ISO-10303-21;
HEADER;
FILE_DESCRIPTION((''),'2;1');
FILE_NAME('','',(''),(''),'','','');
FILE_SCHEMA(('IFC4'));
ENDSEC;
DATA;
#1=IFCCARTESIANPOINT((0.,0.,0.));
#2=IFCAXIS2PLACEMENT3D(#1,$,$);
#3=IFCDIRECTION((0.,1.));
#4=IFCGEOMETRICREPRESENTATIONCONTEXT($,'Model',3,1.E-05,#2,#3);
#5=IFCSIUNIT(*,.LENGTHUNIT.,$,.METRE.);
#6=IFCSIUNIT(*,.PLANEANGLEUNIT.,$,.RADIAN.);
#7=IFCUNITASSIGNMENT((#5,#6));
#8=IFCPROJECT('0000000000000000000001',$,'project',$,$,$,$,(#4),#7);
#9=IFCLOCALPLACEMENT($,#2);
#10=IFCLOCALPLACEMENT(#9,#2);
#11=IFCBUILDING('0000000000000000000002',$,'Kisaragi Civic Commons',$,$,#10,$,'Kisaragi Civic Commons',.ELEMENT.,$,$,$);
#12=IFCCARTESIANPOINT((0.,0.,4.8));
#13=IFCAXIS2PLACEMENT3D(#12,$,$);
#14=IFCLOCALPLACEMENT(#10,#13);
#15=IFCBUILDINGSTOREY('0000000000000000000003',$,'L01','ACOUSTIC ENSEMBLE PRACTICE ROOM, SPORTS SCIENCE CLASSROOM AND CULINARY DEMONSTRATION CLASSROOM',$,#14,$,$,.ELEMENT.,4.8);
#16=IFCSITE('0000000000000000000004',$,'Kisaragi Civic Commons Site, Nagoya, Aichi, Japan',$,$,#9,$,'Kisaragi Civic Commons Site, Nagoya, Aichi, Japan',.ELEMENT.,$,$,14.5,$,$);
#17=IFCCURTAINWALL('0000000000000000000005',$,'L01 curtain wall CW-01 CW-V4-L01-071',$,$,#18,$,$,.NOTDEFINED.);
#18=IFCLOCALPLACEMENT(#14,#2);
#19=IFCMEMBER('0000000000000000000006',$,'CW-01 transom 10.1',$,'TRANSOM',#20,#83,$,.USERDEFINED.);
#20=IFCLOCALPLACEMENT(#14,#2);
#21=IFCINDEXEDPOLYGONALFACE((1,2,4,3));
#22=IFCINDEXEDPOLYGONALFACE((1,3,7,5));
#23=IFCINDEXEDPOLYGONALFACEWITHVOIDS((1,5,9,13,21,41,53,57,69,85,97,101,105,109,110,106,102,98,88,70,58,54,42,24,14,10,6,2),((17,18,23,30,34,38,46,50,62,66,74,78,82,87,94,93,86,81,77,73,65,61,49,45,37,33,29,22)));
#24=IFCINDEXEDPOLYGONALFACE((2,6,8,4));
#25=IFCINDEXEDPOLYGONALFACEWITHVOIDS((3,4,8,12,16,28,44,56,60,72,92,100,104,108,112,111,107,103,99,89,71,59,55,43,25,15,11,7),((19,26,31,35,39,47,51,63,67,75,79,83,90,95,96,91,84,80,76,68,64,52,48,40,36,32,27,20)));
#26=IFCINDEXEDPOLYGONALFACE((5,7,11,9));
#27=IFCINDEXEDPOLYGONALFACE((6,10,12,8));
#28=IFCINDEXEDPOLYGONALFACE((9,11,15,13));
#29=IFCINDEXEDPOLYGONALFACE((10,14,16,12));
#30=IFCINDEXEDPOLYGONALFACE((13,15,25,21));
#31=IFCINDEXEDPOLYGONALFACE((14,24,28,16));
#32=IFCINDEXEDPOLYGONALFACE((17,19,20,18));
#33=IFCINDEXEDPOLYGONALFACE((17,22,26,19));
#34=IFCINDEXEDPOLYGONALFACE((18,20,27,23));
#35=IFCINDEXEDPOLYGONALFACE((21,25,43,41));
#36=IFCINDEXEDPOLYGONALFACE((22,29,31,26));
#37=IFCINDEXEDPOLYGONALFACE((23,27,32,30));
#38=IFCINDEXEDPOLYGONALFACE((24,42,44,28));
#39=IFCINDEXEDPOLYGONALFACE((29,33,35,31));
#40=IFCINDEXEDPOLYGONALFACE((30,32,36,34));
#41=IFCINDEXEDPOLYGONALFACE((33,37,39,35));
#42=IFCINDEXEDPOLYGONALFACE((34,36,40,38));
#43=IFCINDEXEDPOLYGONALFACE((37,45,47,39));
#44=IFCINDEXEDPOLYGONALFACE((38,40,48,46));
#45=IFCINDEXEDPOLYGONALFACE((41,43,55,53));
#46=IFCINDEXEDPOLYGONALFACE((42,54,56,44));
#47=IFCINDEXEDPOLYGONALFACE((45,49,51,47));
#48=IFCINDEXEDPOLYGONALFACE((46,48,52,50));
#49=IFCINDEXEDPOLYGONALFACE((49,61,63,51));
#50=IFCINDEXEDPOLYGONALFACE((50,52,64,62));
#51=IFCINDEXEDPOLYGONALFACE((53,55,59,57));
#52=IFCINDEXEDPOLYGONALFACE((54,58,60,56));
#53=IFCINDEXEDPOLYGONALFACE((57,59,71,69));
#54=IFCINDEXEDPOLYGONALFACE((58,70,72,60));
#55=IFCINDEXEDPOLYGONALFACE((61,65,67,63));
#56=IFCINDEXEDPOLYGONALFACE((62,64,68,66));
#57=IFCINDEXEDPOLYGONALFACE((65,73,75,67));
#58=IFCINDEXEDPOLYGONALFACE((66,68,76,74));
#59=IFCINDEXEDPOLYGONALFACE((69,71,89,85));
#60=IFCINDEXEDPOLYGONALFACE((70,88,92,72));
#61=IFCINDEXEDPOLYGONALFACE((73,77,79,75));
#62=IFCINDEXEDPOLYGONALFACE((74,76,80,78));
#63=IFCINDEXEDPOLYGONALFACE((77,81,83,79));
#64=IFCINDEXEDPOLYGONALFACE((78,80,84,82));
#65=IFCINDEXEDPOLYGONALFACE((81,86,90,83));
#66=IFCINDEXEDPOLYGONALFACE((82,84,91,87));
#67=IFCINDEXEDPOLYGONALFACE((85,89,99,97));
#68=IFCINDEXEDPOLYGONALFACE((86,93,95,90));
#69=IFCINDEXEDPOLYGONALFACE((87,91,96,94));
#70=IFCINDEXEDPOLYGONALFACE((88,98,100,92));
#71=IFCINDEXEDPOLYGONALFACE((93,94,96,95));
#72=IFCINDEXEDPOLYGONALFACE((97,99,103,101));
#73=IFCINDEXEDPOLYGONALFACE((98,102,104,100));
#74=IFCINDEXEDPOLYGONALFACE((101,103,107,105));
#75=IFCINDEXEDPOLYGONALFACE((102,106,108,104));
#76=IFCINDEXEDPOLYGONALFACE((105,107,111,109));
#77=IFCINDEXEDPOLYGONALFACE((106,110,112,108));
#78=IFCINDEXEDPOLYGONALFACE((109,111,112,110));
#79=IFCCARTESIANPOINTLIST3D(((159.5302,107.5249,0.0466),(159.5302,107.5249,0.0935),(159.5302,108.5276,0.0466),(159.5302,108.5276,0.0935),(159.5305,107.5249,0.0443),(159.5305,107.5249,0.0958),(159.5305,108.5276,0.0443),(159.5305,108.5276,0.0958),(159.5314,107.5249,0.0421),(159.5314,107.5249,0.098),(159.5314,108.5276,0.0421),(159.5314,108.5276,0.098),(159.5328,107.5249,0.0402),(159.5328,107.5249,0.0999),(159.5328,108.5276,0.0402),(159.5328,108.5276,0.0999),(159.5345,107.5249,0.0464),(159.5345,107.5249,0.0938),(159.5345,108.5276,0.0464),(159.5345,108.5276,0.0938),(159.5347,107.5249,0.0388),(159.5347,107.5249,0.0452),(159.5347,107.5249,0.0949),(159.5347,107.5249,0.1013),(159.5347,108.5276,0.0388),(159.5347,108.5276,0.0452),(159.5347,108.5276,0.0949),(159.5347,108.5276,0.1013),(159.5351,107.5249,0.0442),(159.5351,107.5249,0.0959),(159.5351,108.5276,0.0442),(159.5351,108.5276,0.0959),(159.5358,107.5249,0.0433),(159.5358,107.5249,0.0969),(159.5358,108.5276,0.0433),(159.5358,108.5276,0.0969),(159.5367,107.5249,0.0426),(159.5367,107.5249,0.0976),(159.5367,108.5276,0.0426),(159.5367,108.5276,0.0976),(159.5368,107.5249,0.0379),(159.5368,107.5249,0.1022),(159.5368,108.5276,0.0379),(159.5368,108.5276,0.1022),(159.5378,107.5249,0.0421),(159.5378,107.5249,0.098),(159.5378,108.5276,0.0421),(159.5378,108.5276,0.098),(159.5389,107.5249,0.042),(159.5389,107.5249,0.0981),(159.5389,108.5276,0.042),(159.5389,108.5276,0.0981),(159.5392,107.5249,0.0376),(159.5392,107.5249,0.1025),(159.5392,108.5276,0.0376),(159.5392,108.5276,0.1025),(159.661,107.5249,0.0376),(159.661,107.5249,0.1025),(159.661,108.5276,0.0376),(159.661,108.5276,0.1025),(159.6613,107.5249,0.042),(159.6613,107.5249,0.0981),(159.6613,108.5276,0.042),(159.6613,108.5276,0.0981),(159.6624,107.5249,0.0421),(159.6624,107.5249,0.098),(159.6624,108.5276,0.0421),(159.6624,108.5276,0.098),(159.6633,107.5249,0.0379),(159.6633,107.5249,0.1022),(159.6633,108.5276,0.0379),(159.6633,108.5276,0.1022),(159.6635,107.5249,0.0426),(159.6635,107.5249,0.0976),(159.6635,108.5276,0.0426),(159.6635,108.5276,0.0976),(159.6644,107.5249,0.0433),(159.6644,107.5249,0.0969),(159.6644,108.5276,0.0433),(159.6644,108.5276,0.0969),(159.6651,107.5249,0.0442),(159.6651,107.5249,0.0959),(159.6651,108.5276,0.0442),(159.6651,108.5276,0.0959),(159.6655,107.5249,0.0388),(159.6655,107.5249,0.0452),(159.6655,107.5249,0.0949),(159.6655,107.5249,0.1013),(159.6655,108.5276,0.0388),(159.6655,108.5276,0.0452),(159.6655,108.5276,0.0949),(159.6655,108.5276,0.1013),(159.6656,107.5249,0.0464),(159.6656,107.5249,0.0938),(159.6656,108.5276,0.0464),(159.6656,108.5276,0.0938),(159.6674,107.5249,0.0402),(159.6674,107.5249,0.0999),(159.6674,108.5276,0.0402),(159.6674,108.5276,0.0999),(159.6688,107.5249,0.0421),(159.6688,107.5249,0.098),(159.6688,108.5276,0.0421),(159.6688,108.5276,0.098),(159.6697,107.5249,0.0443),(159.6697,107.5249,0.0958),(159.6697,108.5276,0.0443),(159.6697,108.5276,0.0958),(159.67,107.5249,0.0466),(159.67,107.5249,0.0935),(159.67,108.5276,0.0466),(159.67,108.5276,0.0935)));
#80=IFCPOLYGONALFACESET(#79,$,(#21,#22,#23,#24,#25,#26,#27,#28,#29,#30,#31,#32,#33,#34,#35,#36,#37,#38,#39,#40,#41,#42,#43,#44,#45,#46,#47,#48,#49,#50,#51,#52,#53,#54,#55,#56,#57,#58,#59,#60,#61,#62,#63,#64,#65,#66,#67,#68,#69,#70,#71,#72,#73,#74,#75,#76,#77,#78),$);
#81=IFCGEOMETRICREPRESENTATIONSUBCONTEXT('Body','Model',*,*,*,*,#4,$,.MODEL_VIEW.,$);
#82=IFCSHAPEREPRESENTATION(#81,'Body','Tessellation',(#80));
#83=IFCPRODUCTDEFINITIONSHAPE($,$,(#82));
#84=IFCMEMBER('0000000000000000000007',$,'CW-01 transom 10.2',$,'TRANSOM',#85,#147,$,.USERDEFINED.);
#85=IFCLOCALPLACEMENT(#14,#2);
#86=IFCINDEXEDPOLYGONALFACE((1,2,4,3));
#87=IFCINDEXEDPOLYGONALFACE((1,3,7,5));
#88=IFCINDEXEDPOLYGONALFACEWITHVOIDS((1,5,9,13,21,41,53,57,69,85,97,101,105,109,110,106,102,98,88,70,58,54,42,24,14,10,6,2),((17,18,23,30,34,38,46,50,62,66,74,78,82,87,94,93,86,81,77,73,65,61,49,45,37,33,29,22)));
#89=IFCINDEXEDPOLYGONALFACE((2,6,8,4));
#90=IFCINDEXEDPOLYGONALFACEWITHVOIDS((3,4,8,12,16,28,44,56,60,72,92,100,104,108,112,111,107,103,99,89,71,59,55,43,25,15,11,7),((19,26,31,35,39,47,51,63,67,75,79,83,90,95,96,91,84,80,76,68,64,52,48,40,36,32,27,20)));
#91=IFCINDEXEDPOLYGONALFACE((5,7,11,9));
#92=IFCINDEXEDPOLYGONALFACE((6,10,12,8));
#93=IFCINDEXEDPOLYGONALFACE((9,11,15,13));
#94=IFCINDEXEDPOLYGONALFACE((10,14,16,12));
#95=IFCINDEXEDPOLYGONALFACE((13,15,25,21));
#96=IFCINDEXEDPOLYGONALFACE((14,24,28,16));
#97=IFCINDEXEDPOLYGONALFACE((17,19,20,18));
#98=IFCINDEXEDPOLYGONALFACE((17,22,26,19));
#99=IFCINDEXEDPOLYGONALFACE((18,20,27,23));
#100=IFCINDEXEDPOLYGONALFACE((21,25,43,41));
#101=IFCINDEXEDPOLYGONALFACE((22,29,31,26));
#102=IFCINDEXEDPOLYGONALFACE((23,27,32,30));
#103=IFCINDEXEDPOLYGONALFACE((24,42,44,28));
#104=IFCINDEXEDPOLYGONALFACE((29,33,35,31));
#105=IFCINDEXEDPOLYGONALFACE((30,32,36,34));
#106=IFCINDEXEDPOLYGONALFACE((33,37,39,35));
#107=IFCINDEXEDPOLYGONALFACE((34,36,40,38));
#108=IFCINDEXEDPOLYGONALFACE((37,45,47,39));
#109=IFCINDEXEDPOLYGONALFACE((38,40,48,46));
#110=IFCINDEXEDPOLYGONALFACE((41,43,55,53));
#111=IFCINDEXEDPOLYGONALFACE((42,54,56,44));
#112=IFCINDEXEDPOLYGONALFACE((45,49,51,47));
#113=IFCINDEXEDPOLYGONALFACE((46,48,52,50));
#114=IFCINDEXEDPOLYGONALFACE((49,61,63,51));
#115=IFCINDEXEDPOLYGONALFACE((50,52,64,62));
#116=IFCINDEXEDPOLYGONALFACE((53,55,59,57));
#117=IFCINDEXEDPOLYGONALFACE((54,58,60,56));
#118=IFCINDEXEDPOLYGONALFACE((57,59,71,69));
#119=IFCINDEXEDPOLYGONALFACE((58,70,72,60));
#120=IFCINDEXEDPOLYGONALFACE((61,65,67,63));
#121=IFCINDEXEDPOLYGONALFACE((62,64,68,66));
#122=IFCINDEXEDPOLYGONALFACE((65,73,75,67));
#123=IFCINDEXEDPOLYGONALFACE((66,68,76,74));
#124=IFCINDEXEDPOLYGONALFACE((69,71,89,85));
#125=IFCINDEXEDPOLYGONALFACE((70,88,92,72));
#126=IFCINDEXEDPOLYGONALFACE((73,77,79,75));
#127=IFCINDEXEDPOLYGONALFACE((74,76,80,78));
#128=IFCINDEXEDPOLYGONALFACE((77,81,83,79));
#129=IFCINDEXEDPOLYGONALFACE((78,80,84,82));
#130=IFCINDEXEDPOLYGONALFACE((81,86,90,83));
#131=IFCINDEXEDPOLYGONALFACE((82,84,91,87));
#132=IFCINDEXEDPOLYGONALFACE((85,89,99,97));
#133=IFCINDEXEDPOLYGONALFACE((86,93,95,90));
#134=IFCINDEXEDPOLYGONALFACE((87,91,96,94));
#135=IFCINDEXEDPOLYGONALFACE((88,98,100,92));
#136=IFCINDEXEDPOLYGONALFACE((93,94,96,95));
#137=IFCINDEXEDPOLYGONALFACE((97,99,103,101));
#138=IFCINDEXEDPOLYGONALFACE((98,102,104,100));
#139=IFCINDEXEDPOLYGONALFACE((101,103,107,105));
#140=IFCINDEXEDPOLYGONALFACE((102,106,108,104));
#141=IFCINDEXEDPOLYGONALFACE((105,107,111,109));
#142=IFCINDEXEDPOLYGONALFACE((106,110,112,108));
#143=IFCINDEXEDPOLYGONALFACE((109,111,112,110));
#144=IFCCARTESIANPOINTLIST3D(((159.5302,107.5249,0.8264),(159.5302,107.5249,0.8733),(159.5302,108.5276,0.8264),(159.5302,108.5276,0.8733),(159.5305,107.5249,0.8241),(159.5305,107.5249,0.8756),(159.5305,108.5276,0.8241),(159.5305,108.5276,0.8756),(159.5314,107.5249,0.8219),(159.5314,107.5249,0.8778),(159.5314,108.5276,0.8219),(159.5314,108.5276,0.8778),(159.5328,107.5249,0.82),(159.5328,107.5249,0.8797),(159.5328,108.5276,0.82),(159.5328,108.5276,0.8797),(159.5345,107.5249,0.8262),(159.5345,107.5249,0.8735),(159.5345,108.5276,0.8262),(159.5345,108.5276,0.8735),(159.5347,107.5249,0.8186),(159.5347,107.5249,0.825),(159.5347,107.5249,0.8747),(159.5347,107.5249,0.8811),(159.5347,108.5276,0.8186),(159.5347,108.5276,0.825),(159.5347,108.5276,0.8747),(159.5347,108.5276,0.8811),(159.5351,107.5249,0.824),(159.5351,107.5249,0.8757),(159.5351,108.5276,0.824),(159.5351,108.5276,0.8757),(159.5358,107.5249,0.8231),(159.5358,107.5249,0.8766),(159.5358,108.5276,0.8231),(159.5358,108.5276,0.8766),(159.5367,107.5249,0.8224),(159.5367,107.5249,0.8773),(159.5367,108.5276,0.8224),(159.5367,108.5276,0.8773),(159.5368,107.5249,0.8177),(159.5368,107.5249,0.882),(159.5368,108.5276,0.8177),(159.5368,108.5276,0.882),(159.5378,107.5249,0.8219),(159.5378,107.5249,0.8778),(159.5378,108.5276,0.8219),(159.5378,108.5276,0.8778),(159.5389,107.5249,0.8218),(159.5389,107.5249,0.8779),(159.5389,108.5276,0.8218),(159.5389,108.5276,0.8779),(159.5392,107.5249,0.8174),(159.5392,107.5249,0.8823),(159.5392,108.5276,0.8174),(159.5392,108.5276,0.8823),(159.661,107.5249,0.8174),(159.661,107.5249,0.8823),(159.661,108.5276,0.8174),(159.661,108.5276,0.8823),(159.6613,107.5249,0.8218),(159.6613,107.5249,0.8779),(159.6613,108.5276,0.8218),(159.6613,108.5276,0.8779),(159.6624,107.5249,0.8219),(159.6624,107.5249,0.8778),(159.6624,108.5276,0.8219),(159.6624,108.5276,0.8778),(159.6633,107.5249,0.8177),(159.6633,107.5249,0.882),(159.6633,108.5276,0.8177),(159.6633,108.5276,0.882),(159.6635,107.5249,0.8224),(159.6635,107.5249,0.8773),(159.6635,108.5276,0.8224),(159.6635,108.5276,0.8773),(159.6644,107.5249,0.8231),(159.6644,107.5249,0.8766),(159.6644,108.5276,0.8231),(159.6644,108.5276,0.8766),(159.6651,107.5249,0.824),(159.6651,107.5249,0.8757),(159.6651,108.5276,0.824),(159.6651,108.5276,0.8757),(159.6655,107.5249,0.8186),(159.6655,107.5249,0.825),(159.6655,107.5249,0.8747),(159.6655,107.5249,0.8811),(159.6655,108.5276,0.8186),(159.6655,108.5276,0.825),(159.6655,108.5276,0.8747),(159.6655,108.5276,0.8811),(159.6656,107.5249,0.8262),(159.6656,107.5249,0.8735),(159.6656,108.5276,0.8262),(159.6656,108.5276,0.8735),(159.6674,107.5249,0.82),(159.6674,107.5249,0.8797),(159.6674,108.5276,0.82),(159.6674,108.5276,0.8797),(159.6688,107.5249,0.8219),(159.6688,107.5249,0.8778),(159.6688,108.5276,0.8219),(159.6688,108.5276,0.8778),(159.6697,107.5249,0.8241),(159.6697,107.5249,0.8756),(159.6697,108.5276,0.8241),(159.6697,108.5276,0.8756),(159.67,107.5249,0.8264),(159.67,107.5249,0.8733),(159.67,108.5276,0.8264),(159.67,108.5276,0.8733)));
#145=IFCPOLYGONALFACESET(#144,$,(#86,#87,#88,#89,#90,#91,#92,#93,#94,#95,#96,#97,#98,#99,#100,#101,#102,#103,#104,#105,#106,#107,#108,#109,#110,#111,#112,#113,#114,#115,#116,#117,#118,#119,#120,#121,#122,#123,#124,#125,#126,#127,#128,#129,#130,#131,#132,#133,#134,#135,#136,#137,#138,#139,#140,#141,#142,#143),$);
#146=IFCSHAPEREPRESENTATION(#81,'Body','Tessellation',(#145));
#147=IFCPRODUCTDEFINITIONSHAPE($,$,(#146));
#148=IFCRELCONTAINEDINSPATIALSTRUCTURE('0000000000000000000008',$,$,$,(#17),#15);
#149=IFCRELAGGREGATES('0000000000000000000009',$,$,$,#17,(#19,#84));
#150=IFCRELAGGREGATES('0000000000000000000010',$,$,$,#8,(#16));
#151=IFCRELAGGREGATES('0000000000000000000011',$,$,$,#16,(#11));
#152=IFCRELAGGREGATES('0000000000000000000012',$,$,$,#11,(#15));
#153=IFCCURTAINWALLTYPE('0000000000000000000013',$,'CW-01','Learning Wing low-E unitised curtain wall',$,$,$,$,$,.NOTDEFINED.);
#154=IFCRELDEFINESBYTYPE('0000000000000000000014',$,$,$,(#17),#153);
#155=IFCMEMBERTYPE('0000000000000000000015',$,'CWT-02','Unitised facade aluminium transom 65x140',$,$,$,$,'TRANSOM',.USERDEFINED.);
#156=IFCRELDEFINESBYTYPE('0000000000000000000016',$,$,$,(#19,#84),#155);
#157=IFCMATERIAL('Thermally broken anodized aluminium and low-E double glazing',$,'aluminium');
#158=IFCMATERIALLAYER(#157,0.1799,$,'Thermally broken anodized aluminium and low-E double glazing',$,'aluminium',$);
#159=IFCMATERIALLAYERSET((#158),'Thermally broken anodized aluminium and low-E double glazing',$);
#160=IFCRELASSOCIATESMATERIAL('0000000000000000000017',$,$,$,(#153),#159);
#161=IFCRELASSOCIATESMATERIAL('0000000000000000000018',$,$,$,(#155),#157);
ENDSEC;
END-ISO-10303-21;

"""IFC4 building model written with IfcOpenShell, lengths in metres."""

from ifc_helpers import new_model, si_unit, direction, frame, origin, origin_2d, place, context, subcontext, project, spatial, hollow_rectangle, extrude, material, layer, layer_set, material_profile, profile_set, type_object, element, aggregate, save


model = new_model("IFC4")

# Units and contexts
model_context = context("Model", 3, precision=1e-05, world=origin(), true_north=direction((0.0, 1.0)))
body_context = subcontext(model_context, "Body", "Model", "MODEL_VIEW")
ifc_project = project(units=[si_unit("LENGTHUNIT", "METRE"), si_unit("PLANEANGLEUNIT", "RADIAN")], contexts=[model_context])

# Site, building, storey
site_placement = place(None, origin())
site = spatial("IfcSite", under=ifc_project, at=site_placement, Name="Kisaragi Civic Commons Site, Nagoya, Aichi, Japan", LongName="Kisaragi Civic Commons Site, Nagoya, Aichi, Japan", CompositionType="ELEMENT", RefElevation=14.5)
building_placement = place(site_placement, origin())
building = spatial("IfcBuilding", under=site, at=building_placement, Name="Kisaragi Civic Commons", LongName="Kisaragi Civic Commons", CompositionType="ELEMENT")
storey_placement = place(building_placement, frame((0.0, 0.0, 4.8)))
storey = spatial("IfcBuildingStorey", under=building, at=storey_placement, Name="L01", Description="ACOUSTIC ENSEMBLE PRACTICE ROOM, SPORTS SCIENCE CLASSROOM AND CULINARY DEMONSTRATION CLASSROOM", CompositionType="ELEMENT", Elevation=4.8)

# Curtain wall
ifc_material_1 = material(Name="Thermally broken anodized aluminium and low-E double glazing", Category="aluminium")
ifc_layer_1 = layer(ifc_material_1, 0.1799, Name="Thermally broken anodized aluminium and low-E double glazing", Category="aluminium")
ifc_layer_set_1 = layer_set([ifc_layer_1], Name="Thermally broken anodized aluminium and low-E double glazing")
curtain_wall_type = type_object("IfcCurtainWallType", Name="CW-01", Description="Learning Wing low-E unitised curtain wall", PredefinedType="NOTDEFINED", material=ifc_layer_set_1)
curtain_wall_1_placement = place(storey_placement, origin())
curtain_wall_1 = element("IfcCurtainWall", 1, at=curtain_wall_1_placement, inside=storey, type_object=curtain_wall_type, Name="L01 curtain wall CW-01 CW-V4-L01-071", PredefinedType="NOTDEFINED")

# Members
ifc_material_profile_1 = material_profile(ifc_material_1, hollow_rectangle(XDim=0.1399, YDim=0.0649, WallThickness=0.0044, InnerFilletRadius=0.0044, OuterFilletRadius=0.009, at=origin_2d()), Name="CWT-65x140x4.5", Category="aluminium")
ifc_profile_set_1 = profile_set([ifc_material_profile_1], Name="Thermally broken anodized aluminium and low-E double glazing")
member_type_1 = type_object("IfcMemberType", Name="CWT-02", Description="Unitised facade aluminium transom 65x140", ElementType="TRANSOM", PredefinedType="USERDEFINED", material=ifc_profile_set_1)
member_1_placement = place(storey_placement, frame((159.6001, 108.5276, 0.0701), z_axis=(0.0, -1.0, 0.0), x_axis=(1.0, 0.0, 0.0)))
member_1 = element("IfcMember", 2, at=member_1_placement, type_object=member_type_1, Name="CW-01 transom 10.1", ObjectType="TRANSOM", PredefinedType="USERDEFINED", context=body_context, shape_type="SweptSolid", body=[
    extrude(hollow_rectangle(XDim=0.1399, YDim=0.0649, WallThickness=0.0044, InnerFilletRadius=0.0044, OuterFilletRadius=0.009, at=origin_2d()), origin(), (0.0, 0.0, 1.0), 1.0027),
])
member_2_placement = place(storey_placement, frame((159.6001, 108.5276, 0.8499), z_axis=(0.0, -1.0, 0.0), x_axis=(1.0, 0.0, 0.0)))
member_2 = element("IfcMember", 3, at=member_2_placement, type_object=member_type_1, Name="CW-01 transom 10.2", ObjectType="TRANSOM", PredefinedType="USERDEFINED", context=body_context, shape_type="SweptSolid", body=[
    extrude(hollow_rectangle(XDim=0.1399, YDim=0.0649, WallThickness=0.0044, InnerFilletRadius=0.0044, OuterFilletRadius=0.009, at=origin_2d()), origin(), (0.0, 0.0, 1.0), 1.0027),
])

aggregate(curtain_wall_1, [member_1, member_2])

save(model, "model.ifc")
